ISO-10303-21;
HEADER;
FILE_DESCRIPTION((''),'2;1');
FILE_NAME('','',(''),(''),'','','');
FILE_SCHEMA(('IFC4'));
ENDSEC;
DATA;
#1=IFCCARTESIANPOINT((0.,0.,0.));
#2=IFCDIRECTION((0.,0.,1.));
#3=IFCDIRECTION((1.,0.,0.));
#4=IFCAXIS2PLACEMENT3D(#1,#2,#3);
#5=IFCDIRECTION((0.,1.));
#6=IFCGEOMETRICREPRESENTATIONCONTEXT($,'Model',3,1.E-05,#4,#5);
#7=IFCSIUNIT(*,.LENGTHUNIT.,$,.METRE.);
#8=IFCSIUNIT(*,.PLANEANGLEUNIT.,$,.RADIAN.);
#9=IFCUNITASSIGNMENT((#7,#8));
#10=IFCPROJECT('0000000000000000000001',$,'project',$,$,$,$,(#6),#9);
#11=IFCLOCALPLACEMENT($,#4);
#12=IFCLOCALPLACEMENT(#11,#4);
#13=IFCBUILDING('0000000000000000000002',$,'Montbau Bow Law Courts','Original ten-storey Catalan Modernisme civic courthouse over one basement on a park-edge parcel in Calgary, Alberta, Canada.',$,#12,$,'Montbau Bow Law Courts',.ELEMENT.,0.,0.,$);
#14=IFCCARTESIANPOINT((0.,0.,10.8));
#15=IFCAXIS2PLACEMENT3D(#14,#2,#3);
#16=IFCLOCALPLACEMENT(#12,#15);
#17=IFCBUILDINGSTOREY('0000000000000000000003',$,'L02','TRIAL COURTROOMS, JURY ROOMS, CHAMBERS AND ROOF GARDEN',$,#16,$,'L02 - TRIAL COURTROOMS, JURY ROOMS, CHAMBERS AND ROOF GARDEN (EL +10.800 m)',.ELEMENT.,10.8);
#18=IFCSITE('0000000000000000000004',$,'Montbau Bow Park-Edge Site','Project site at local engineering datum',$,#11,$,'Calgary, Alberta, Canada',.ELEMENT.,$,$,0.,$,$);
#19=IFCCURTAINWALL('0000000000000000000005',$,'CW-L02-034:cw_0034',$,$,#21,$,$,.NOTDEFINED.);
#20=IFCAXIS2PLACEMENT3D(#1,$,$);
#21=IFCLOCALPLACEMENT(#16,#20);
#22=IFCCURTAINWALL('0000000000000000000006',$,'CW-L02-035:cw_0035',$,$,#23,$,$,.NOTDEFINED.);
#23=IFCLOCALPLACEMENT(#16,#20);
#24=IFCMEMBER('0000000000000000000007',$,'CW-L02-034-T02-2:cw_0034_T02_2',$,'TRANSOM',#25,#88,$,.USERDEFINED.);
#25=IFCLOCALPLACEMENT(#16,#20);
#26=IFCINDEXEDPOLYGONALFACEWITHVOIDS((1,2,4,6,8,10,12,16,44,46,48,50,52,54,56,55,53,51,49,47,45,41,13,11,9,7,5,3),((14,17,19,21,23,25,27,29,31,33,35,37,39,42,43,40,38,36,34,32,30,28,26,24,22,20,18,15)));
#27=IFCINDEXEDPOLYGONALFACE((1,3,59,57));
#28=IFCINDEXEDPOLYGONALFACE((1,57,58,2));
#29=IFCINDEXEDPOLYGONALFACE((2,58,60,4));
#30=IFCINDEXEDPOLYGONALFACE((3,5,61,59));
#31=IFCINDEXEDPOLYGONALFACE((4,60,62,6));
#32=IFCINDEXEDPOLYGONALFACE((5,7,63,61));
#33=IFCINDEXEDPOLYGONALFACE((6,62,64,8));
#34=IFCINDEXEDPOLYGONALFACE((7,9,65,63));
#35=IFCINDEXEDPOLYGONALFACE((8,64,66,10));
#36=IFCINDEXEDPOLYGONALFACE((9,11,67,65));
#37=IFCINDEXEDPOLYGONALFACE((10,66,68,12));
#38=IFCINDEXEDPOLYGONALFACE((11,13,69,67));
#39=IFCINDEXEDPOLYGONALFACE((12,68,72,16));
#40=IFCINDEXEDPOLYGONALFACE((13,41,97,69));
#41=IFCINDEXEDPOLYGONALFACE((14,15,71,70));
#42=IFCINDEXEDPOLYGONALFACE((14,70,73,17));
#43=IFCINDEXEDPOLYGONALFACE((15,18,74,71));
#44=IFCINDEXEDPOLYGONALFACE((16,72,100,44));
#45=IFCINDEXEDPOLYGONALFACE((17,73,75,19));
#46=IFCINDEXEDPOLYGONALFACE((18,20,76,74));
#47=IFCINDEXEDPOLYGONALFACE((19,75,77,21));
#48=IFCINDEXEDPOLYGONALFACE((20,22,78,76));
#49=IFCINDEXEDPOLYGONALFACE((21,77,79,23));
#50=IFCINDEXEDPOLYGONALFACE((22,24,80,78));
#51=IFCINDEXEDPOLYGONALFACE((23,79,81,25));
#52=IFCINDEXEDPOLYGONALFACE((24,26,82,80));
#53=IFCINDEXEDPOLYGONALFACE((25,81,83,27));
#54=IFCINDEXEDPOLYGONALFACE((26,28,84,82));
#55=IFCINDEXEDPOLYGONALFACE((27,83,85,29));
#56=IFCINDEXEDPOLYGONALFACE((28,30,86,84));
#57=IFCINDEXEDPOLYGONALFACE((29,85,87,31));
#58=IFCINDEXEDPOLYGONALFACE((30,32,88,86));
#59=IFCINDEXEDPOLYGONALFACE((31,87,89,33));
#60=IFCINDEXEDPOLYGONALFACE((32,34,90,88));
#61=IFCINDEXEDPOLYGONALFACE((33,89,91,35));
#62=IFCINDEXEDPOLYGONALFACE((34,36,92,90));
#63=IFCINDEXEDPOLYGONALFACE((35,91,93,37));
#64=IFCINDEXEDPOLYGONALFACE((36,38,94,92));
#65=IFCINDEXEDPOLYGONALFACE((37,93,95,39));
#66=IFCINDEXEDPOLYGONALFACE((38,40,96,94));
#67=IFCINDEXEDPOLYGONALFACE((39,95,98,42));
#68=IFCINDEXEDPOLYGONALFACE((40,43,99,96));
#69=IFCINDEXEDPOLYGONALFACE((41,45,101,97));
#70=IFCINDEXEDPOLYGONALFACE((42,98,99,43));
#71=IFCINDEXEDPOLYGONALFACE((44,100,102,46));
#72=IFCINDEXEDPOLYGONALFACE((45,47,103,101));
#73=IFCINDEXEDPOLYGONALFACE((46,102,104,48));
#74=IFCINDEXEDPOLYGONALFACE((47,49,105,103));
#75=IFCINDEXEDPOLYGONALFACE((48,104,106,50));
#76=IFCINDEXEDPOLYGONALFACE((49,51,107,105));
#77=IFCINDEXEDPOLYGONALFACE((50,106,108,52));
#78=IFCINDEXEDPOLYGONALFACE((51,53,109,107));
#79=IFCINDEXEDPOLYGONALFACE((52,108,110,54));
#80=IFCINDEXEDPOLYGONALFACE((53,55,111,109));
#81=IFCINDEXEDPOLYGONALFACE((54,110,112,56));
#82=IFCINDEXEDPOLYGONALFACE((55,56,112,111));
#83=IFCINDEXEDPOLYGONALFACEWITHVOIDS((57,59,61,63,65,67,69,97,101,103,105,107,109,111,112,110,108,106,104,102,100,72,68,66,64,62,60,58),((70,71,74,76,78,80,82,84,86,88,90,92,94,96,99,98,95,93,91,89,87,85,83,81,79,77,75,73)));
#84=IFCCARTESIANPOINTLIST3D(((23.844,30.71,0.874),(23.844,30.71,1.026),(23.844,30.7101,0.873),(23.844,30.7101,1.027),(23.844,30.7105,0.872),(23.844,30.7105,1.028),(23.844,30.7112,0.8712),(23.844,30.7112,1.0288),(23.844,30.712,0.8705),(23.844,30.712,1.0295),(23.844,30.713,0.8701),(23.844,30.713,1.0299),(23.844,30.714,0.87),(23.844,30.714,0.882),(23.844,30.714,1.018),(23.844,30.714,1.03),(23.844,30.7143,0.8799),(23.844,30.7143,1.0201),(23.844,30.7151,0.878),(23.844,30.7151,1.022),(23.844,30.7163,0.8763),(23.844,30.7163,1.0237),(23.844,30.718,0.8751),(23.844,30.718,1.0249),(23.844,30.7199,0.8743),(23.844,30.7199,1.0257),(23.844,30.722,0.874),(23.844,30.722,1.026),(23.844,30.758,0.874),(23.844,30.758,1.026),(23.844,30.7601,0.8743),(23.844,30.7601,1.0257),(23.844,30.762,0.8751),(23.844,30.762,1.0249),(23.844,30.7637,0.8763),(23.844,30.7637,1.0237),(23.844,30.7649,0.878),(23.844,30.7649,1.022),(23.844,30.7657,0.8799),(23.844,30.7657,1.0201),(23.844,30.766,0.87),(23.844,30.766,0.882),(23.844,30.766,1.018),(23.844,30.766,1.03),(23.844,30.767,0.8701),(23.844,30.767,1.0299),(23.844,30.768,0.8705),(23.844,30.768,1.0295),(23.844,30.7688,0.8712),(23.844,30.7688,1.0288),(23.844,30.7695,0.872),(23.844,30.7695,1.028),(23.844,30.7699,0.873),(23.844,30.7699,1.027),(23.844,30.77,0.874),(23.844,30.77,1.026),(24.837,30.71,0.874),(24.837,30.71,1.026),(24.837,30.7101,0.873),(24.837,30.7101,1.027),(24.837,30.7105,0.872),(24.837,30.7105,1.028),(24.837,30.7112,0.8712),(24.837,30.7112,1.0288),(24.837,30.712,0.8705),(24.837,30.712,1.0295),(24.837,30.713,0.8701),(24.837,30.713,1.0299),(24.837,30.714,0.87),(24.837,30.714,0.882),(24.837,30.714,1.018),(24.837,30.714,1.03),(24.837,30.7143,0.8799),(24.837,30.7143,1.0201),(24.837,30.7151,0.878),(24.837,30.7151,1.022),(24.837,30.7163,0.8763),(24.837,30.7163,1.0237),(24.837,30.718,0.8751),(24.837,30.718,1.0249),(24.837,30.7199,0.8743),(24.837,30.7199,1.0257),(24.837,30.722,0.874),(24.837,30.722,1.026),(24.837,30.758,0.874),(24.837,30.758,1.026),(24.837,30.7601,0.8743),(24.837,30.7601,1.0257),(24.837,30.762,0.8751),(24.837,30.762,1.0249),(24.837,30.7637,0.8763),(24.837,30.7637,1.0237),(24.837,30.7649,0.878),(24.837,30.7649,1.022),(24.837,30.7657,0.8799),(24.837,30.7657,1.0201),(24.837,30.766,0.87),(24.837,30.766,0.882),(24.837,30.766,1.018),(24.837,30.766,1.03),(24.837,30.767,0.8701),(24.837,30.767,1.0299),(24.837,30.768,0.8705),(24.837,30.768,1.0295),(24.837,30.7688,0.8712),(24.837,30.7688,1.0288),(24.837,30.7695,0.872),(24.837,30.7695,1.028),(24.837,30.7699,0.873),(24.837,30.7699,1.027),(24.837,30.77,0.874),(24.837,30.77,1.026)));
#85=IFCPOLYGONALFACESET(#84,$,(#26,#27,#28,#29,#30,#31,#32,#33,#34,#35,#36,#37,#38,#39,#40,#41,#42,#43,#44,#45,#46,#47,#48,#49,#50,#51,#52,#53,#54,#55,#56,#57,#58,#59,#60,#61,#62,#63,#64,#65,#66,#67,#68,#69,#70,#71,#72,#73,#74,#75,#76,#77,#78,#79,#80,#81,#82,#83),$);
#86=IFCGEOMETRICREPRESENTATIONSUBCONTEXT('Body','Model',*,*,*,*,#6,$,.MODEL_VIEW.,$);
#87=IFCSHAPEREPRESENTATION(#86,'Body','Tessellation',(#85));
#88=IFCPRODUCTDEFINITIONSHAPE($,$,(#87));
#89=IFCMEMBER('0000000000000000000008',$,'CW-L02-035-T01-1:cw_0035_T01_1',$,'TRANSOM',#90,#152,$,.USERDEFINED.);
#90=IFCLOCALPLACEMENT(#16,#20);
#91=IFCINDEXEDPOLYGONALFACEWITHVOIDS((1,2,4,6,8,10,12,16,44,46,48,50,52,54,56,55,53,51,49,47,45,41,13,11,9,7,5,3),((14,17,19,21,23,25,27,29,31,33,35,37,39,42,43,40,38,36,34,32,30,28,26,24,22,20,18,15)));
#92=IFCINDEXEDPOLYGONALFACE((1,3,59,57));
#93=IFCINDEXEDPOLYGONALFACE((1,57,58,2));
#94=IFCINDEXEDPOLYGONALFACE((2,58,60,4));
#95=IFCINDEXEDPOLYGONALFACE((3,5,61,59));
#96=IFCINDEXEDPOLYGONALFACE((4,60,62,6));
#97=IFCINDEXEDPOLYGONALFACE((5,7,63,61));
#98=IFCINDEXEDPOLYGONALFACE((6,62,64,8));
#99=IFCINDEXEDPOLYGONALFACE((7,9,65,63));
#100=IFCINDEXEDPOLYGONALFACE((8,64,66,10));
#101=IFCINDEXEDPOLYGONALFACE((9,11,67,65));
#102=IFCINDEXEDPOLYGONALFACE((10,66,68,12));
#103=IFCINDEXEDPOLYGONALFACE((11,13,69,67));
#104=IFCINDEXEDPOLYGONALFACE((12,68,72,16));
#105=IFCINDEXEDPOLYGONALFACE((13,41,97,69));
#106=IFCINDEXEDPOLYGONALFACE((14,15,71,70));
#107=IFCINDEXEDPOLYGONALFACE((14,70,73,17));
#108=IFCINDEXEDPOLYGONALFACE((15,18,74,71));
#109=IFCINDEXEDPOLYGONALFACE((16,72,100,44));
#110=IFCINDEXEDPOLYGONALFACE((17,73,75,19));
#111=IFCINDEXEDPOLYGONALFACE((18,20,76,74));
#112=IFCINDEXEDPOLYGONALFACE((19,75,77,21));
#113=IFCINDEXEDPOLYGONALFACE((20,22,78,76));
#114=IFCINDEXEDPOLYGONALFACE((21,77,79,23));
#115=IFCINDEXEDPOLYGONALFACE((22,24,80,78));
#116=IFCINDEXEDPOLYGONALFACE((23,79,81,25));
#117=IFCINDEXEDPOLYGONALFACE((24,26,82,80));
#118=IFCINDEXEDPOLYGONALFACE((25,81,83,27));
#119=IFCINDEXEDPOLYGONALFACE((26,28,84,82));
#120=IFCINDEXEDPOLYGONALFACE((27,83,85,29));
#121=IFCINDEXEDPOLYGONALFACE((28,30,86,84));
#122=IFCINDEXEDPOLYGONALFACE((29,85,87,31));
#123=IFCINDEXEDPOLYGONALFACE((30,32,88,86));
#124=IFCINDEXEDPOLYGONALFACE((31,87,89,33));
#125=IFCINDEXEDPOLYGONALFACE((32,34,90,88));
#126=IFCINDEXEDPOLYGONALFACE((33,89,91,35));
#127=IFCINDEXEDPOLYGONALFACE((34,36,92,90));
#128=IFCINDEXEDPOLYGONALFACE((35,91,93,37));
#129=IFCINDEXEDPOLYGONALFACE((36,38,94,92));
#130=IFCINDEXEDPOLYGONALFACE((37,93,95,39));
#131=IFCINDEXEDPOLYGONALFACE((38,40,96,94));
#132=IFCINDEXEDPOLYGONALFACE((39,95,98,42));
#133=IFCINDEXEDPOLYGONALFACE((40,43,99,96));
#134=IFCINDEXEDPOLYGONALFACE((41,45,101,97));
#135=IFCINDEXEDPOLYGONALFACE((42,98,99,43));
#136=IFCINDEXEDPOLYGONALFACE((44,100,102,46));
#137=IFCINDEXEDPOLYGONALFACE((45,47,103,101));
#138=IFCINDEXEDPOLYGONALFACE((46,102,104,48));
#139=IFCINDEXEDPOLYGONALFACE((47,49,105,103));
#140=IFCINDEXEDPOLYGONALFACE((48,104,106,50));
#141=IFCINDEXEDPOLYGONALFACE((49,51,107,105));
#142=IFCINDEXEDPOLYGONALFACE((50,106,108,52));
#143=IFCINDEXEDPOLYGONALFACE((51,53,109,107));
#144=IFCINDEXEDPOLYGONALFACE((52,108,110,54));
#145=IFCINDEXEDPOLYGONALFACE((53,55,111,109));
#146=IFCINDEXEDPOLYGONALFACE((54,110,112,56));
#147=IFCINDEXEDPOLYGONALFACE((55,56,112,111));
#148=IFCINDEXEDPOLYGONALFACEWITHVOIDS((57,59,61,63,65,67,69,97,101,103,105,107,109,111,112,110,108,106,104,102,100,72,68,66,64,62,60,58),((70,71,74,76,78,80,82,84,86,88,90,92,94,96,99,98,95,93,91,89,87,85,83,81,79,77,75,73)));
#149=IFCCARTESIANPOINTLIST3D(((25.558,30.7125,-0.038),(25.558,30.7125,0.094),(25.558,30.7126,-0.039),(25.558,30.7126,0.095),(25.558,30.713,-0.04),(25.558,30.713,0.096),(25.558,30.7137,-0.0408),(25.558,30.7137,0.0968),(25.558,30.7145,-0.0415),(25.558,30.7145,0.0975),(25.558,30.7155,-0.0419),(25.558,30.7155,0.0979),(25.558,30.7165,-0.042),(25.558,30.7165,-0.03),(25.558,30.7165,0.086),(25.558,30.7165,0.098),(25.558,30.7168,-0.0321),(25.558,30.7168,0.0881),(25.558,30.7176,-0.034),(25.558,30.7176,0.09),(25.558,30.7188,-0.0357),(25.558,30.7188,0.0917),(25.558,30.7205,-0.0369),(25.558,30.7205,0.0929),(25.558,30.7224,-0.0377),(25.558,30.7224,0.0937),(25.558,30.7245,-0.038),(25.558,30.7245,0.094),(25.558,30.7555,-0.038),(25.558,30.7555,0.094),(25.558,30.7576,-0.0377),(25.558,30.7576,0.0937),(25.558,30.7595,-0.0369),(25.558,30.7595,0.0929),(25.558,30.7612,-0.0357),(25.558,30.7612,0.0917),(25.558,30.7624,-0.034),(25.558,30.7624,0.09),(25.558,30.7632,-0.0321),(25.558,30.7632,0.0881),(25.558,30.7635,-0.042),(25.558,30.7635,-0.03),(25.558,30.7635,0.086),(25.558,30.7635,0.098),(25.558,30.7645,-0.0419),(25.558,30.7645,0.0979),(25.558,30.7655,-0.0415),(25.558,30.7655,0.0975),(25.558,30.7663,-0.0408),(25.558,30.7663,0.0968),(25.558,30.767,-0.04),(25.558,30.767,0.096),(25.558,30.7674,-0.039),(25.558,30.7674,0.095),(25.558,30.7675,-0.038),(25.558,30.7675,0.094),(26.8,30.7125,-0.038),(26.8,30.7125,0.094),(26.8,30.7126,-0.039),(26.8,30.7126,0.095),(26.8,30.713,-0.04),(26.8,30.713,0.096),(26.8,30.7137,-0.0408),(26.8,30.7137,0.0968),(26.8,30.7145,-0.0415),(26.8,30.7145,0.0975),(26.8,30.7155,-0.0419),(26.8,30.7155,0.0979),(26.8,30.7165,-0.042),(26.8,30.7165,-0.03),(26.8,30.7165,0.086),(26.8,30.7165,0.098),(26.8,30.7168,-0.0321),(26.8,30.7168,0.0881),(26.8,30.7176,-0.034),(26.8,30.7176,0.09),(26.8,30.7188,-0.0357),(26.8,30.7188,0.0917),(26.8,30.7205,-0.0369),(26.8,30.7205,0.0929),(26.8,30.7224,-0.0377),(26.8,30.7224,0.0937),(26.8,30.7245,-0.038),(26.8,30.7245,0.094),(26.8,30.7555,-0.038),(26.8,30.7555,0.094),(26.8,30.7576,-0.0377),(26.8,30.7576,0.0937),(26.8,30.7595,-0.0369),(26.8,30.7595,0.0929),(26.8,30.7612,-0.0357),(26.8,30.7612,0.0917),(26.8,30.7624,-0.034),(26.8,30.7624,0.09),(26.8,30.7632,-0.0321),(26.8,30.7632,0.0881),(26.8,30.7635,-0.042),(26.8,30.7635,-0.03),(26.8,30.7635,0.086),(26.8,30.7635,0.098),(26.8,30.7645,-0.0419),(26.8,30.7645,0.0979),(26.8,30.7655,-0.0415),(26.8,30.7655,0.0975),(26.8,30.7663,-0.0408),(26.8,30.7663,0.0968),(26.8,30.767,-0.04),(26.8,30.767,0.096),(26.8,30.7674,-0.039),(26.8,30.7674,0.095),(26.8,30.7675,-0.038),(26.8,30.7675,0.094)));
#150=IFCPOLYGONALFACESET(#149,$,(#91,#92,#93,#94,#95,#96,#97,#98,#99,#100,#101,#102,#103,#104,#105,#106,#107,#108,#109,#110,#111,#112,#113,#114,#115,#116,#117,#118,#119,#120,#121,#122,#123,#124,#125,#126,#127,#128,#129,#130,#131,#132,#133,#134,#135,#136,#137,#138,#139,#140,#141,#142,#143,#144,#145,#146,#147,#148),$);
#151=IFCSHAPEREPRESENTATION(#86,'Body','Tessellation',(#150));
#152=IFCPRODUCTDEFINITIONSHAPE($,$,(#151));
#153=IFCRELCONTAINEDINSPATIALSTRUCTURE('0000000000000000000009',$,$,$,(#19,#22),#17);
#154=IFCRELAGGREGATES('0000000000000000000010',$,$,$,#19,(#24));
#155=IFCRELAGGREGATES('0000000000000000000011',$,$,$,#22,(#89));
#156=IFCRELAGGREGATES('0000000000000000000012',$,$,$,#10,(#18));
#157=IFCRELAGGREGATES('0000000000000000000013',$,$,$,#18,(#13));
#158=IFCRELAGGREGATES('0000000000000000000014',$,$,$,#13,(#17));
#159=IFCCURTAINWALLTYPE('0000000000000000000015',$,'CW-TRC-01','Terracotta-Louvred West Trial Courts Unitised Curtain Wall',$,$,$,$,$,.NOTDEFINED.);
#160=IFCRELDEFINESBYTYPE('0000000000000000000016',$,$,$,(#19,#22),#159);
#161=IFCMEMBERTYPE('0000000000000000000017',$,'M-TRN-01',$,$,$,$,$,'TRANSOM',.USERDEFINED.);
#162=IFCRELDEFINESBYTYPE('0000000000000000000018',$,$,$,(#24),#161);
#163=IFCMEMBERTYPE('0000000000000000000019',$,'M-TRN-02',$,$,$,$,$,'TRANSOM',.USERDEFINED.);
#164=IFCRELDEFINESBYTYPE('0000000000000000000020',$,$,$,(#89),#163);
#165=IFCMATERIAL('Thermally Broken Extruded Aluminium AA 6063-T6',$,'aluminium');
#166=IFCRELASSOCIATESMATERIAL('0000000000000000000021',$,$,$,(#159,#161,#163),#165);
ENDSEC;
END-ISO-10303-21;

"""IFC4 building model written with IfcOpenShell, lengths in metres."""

from ifc_helpers import new_model, si_unit, direction, frame, origin_with_axes, origin_2d_with_axis, place, context, subcontext, project, spatial, hollow_rectangle, extrude, material, material_profile, profile_set, type_object, element, aggregate, save


model = new_model("IFC4")

# Units and contexts
model_context = context("Model", 3, precision=1e-05, world=origin_with_axes(), true_north=direction((0.0, 1.0)))
body_context = subcontext(model_context, "Body", "Model", "MODEL_VIEW")
ifc_project = project(units=[si_unit("LENGTHUNIT", "METRE"), si_unit("PLANEANGLEUNIT", "RADIAN")], contexts=[model_context])

# Site, building, storey
site_placement = place(None, origin_with_axes())
site = spatial("IfcSite", under=ifc_project, at=site_placement, Name="Montbau Bow Park-Edge Site", Description="Project site at local engineering datum", LongName="Calgary, Alberta, Canada", CompositionType="ELEMENT", RefElevation=0.0)
building_placement = place(site_placement, origin_with_axes())
building = spatial("IfcBuilding", under=site, at=building_placement, Name="Montbau Bow Law Courts", Description="Original ten-storey Catalan Modernisme civic courthouse over one basement on a park-edge parcel in Calgary, Alberta, Canada.", LongName="Montbau Bow Law Courts", CompositionType="ELEMENT", ElevationOfRefHeight=0.0, ElevationOfTerrain=0.0)
storey_placement = place(building_placement, frame((0.0, 0.0, 10.8), z_axis=(0.0, 0.0, 1.0), x_axis=(1.0, 0.0, 0.0)))
storey = spatial("IfcBuildingStorey", under=building, at=storey_placement, Name="L02", Description="TRIAL COURTROOMS, JURY ROOMS, CHAMBERS AND ROOF GARDEN", LongName="L02 - TRIAL COURTROOMS, JURY ROOMS, CHAMBERS AND ROOF GARDEN (EL +10.800 m)", CompositionType="ELEMENT", Elevation=10.8)

# Shared definitions
ifc_material_1 = material(Name="Thermally Broken Extruded Aluminium AA 6063-T6", Category="aluminium")
curtain_wall_type = type_object("IfcCurtainWallType", Name="CW-TRC-01", Description="Terracotta-Louvred West Trial Courts Unitised Curtain Wall", PredefinedType="NOTDEFINED", material=ifc_material_1)

# Curtain walls
curtain_wall_1_placement = place(None, frame((22.715, 30.74, 10.8), z_axis=(0.0, 0.0, 1.0), x_axis=(1.0, 0.0, 0.0)))
curtain_wall_1 = element("IfcCurtainWall", 1, at=curtain_wall_1_placement, inside=storey, type_object=curtain_wall_type, Name="CW-L02-034:cw_0034", PredefinedType="NOTDEFINED")
curtain_wall_2_placement = place(None, frame((25.496, 30.74, 10.8), z_axis=(0.0, 0.0, 1.0), x_axis=(1.0, 0.0, 0.0)))
curtain_wall_2 = element("IfcCurtainWall", 2, at=curtain_wall_2_placement, inside=storey, type_object=curtain_wall_type, Name="CW-L02-035:cw_0035", PredefinedType="NOTDEFINED")

# Members
ifc_material_profile_1 = material_profile(ifc_material_1, hollow_rectangle(XDim=0.06, YDim=0.16, WallThickness=0.004, InnerFilletRadius=0.008, OuterFilletRadius=0.004, at=origin_2d_with_axis()), Name="CWT-160X60", Category="Main", Priority=0)
ifc_profile_set_1 = profile_set([ifc_material_profile_1], Name="Thermally Broken Extruded Aluminium AA 6063-T6")
member_type_1 = type_object("IfcMemberType", Name="M-TRN-01", ElementType="TRANSOM", PredefinedType="USERDEFINED", material=ifc_profile_set_1)
member_1_placement = place(None, frame((23.844, 30.74, 11.75), z_axis=(1.0, 0.0, 0.0), x_axis=(0.0, 1.0, 0.0)))
member_1 = element("IfcMember", 3, at=member_1_placement, type_object=member_type_1, Name="CW-L02-034-T02-2:cw_0034_T02_2", ObjectType="TRANSOM", PredefinedType="USERDEFINED", context=body_context, shape_type="SweptSolid", body=[
    extrude(hollow_rectangle(XDim=0.06, YDim=0.16, WallThickness=0.004, InnerFilletRadius=0.008, OuterFilletRadius=0.004, at=origin_2d_with_axis()), origin_with_axes(), (0.0, 0.0, 1.0), 0.993),
])
ifc_material_profile_2 = material_profile(ifc_material_1, hollow_rectangle(XDim=0.055, YDim=0.14, WallThickness=0.004, InnerFilletRadius=0.008, OuterFilletRadius=0.004, at=origin_2d_with_axis()), Name="CWT-140X55", Category="Main", Priority=0)
ifc_profile_set_2 = profile_set([ifc_material_profile_2], Name="Thermally Broken Extruded Aluminium AA 6063-T6")
member_type_2 = type_object("IfcMemberType", Name="M-TRN-02", ElementType="TRANSOM", PredefinedType="USERDEFINED", material=ifc_profile_set_2)
member_2_placement = place(None, frame((25.558, 30.74, 10.828), z_axis=(1.0, 0.0, 0.0), x_axis=(0.0, 1.0, 0.0)))
member_2 = element("IfcMember", 4, at=member_2_placement, type_object=member_type_2, Name="CW-L02-035-T01-1:cw_0035_T01_1", ObjectType="TRANSOM", PredefinedType="USERDEFINED", context=body_context, shape_type="SweptSolid", body=[
    extrude(hollow_rectangle(XDim=0.055, YDim=0.14, WallThickness=0.004, InnerFilletRadius=0.008, OuterFilletRadius=0.004, at=origin_2d_with_axis()), origin_with_axes(), (0.0, 0.0, 1.0), 1.242),
])

aggregate(curtain_wall_1, [member_1])
aggregate(curtain_wall_2, [member_2])

save(model, "model.ifc")
